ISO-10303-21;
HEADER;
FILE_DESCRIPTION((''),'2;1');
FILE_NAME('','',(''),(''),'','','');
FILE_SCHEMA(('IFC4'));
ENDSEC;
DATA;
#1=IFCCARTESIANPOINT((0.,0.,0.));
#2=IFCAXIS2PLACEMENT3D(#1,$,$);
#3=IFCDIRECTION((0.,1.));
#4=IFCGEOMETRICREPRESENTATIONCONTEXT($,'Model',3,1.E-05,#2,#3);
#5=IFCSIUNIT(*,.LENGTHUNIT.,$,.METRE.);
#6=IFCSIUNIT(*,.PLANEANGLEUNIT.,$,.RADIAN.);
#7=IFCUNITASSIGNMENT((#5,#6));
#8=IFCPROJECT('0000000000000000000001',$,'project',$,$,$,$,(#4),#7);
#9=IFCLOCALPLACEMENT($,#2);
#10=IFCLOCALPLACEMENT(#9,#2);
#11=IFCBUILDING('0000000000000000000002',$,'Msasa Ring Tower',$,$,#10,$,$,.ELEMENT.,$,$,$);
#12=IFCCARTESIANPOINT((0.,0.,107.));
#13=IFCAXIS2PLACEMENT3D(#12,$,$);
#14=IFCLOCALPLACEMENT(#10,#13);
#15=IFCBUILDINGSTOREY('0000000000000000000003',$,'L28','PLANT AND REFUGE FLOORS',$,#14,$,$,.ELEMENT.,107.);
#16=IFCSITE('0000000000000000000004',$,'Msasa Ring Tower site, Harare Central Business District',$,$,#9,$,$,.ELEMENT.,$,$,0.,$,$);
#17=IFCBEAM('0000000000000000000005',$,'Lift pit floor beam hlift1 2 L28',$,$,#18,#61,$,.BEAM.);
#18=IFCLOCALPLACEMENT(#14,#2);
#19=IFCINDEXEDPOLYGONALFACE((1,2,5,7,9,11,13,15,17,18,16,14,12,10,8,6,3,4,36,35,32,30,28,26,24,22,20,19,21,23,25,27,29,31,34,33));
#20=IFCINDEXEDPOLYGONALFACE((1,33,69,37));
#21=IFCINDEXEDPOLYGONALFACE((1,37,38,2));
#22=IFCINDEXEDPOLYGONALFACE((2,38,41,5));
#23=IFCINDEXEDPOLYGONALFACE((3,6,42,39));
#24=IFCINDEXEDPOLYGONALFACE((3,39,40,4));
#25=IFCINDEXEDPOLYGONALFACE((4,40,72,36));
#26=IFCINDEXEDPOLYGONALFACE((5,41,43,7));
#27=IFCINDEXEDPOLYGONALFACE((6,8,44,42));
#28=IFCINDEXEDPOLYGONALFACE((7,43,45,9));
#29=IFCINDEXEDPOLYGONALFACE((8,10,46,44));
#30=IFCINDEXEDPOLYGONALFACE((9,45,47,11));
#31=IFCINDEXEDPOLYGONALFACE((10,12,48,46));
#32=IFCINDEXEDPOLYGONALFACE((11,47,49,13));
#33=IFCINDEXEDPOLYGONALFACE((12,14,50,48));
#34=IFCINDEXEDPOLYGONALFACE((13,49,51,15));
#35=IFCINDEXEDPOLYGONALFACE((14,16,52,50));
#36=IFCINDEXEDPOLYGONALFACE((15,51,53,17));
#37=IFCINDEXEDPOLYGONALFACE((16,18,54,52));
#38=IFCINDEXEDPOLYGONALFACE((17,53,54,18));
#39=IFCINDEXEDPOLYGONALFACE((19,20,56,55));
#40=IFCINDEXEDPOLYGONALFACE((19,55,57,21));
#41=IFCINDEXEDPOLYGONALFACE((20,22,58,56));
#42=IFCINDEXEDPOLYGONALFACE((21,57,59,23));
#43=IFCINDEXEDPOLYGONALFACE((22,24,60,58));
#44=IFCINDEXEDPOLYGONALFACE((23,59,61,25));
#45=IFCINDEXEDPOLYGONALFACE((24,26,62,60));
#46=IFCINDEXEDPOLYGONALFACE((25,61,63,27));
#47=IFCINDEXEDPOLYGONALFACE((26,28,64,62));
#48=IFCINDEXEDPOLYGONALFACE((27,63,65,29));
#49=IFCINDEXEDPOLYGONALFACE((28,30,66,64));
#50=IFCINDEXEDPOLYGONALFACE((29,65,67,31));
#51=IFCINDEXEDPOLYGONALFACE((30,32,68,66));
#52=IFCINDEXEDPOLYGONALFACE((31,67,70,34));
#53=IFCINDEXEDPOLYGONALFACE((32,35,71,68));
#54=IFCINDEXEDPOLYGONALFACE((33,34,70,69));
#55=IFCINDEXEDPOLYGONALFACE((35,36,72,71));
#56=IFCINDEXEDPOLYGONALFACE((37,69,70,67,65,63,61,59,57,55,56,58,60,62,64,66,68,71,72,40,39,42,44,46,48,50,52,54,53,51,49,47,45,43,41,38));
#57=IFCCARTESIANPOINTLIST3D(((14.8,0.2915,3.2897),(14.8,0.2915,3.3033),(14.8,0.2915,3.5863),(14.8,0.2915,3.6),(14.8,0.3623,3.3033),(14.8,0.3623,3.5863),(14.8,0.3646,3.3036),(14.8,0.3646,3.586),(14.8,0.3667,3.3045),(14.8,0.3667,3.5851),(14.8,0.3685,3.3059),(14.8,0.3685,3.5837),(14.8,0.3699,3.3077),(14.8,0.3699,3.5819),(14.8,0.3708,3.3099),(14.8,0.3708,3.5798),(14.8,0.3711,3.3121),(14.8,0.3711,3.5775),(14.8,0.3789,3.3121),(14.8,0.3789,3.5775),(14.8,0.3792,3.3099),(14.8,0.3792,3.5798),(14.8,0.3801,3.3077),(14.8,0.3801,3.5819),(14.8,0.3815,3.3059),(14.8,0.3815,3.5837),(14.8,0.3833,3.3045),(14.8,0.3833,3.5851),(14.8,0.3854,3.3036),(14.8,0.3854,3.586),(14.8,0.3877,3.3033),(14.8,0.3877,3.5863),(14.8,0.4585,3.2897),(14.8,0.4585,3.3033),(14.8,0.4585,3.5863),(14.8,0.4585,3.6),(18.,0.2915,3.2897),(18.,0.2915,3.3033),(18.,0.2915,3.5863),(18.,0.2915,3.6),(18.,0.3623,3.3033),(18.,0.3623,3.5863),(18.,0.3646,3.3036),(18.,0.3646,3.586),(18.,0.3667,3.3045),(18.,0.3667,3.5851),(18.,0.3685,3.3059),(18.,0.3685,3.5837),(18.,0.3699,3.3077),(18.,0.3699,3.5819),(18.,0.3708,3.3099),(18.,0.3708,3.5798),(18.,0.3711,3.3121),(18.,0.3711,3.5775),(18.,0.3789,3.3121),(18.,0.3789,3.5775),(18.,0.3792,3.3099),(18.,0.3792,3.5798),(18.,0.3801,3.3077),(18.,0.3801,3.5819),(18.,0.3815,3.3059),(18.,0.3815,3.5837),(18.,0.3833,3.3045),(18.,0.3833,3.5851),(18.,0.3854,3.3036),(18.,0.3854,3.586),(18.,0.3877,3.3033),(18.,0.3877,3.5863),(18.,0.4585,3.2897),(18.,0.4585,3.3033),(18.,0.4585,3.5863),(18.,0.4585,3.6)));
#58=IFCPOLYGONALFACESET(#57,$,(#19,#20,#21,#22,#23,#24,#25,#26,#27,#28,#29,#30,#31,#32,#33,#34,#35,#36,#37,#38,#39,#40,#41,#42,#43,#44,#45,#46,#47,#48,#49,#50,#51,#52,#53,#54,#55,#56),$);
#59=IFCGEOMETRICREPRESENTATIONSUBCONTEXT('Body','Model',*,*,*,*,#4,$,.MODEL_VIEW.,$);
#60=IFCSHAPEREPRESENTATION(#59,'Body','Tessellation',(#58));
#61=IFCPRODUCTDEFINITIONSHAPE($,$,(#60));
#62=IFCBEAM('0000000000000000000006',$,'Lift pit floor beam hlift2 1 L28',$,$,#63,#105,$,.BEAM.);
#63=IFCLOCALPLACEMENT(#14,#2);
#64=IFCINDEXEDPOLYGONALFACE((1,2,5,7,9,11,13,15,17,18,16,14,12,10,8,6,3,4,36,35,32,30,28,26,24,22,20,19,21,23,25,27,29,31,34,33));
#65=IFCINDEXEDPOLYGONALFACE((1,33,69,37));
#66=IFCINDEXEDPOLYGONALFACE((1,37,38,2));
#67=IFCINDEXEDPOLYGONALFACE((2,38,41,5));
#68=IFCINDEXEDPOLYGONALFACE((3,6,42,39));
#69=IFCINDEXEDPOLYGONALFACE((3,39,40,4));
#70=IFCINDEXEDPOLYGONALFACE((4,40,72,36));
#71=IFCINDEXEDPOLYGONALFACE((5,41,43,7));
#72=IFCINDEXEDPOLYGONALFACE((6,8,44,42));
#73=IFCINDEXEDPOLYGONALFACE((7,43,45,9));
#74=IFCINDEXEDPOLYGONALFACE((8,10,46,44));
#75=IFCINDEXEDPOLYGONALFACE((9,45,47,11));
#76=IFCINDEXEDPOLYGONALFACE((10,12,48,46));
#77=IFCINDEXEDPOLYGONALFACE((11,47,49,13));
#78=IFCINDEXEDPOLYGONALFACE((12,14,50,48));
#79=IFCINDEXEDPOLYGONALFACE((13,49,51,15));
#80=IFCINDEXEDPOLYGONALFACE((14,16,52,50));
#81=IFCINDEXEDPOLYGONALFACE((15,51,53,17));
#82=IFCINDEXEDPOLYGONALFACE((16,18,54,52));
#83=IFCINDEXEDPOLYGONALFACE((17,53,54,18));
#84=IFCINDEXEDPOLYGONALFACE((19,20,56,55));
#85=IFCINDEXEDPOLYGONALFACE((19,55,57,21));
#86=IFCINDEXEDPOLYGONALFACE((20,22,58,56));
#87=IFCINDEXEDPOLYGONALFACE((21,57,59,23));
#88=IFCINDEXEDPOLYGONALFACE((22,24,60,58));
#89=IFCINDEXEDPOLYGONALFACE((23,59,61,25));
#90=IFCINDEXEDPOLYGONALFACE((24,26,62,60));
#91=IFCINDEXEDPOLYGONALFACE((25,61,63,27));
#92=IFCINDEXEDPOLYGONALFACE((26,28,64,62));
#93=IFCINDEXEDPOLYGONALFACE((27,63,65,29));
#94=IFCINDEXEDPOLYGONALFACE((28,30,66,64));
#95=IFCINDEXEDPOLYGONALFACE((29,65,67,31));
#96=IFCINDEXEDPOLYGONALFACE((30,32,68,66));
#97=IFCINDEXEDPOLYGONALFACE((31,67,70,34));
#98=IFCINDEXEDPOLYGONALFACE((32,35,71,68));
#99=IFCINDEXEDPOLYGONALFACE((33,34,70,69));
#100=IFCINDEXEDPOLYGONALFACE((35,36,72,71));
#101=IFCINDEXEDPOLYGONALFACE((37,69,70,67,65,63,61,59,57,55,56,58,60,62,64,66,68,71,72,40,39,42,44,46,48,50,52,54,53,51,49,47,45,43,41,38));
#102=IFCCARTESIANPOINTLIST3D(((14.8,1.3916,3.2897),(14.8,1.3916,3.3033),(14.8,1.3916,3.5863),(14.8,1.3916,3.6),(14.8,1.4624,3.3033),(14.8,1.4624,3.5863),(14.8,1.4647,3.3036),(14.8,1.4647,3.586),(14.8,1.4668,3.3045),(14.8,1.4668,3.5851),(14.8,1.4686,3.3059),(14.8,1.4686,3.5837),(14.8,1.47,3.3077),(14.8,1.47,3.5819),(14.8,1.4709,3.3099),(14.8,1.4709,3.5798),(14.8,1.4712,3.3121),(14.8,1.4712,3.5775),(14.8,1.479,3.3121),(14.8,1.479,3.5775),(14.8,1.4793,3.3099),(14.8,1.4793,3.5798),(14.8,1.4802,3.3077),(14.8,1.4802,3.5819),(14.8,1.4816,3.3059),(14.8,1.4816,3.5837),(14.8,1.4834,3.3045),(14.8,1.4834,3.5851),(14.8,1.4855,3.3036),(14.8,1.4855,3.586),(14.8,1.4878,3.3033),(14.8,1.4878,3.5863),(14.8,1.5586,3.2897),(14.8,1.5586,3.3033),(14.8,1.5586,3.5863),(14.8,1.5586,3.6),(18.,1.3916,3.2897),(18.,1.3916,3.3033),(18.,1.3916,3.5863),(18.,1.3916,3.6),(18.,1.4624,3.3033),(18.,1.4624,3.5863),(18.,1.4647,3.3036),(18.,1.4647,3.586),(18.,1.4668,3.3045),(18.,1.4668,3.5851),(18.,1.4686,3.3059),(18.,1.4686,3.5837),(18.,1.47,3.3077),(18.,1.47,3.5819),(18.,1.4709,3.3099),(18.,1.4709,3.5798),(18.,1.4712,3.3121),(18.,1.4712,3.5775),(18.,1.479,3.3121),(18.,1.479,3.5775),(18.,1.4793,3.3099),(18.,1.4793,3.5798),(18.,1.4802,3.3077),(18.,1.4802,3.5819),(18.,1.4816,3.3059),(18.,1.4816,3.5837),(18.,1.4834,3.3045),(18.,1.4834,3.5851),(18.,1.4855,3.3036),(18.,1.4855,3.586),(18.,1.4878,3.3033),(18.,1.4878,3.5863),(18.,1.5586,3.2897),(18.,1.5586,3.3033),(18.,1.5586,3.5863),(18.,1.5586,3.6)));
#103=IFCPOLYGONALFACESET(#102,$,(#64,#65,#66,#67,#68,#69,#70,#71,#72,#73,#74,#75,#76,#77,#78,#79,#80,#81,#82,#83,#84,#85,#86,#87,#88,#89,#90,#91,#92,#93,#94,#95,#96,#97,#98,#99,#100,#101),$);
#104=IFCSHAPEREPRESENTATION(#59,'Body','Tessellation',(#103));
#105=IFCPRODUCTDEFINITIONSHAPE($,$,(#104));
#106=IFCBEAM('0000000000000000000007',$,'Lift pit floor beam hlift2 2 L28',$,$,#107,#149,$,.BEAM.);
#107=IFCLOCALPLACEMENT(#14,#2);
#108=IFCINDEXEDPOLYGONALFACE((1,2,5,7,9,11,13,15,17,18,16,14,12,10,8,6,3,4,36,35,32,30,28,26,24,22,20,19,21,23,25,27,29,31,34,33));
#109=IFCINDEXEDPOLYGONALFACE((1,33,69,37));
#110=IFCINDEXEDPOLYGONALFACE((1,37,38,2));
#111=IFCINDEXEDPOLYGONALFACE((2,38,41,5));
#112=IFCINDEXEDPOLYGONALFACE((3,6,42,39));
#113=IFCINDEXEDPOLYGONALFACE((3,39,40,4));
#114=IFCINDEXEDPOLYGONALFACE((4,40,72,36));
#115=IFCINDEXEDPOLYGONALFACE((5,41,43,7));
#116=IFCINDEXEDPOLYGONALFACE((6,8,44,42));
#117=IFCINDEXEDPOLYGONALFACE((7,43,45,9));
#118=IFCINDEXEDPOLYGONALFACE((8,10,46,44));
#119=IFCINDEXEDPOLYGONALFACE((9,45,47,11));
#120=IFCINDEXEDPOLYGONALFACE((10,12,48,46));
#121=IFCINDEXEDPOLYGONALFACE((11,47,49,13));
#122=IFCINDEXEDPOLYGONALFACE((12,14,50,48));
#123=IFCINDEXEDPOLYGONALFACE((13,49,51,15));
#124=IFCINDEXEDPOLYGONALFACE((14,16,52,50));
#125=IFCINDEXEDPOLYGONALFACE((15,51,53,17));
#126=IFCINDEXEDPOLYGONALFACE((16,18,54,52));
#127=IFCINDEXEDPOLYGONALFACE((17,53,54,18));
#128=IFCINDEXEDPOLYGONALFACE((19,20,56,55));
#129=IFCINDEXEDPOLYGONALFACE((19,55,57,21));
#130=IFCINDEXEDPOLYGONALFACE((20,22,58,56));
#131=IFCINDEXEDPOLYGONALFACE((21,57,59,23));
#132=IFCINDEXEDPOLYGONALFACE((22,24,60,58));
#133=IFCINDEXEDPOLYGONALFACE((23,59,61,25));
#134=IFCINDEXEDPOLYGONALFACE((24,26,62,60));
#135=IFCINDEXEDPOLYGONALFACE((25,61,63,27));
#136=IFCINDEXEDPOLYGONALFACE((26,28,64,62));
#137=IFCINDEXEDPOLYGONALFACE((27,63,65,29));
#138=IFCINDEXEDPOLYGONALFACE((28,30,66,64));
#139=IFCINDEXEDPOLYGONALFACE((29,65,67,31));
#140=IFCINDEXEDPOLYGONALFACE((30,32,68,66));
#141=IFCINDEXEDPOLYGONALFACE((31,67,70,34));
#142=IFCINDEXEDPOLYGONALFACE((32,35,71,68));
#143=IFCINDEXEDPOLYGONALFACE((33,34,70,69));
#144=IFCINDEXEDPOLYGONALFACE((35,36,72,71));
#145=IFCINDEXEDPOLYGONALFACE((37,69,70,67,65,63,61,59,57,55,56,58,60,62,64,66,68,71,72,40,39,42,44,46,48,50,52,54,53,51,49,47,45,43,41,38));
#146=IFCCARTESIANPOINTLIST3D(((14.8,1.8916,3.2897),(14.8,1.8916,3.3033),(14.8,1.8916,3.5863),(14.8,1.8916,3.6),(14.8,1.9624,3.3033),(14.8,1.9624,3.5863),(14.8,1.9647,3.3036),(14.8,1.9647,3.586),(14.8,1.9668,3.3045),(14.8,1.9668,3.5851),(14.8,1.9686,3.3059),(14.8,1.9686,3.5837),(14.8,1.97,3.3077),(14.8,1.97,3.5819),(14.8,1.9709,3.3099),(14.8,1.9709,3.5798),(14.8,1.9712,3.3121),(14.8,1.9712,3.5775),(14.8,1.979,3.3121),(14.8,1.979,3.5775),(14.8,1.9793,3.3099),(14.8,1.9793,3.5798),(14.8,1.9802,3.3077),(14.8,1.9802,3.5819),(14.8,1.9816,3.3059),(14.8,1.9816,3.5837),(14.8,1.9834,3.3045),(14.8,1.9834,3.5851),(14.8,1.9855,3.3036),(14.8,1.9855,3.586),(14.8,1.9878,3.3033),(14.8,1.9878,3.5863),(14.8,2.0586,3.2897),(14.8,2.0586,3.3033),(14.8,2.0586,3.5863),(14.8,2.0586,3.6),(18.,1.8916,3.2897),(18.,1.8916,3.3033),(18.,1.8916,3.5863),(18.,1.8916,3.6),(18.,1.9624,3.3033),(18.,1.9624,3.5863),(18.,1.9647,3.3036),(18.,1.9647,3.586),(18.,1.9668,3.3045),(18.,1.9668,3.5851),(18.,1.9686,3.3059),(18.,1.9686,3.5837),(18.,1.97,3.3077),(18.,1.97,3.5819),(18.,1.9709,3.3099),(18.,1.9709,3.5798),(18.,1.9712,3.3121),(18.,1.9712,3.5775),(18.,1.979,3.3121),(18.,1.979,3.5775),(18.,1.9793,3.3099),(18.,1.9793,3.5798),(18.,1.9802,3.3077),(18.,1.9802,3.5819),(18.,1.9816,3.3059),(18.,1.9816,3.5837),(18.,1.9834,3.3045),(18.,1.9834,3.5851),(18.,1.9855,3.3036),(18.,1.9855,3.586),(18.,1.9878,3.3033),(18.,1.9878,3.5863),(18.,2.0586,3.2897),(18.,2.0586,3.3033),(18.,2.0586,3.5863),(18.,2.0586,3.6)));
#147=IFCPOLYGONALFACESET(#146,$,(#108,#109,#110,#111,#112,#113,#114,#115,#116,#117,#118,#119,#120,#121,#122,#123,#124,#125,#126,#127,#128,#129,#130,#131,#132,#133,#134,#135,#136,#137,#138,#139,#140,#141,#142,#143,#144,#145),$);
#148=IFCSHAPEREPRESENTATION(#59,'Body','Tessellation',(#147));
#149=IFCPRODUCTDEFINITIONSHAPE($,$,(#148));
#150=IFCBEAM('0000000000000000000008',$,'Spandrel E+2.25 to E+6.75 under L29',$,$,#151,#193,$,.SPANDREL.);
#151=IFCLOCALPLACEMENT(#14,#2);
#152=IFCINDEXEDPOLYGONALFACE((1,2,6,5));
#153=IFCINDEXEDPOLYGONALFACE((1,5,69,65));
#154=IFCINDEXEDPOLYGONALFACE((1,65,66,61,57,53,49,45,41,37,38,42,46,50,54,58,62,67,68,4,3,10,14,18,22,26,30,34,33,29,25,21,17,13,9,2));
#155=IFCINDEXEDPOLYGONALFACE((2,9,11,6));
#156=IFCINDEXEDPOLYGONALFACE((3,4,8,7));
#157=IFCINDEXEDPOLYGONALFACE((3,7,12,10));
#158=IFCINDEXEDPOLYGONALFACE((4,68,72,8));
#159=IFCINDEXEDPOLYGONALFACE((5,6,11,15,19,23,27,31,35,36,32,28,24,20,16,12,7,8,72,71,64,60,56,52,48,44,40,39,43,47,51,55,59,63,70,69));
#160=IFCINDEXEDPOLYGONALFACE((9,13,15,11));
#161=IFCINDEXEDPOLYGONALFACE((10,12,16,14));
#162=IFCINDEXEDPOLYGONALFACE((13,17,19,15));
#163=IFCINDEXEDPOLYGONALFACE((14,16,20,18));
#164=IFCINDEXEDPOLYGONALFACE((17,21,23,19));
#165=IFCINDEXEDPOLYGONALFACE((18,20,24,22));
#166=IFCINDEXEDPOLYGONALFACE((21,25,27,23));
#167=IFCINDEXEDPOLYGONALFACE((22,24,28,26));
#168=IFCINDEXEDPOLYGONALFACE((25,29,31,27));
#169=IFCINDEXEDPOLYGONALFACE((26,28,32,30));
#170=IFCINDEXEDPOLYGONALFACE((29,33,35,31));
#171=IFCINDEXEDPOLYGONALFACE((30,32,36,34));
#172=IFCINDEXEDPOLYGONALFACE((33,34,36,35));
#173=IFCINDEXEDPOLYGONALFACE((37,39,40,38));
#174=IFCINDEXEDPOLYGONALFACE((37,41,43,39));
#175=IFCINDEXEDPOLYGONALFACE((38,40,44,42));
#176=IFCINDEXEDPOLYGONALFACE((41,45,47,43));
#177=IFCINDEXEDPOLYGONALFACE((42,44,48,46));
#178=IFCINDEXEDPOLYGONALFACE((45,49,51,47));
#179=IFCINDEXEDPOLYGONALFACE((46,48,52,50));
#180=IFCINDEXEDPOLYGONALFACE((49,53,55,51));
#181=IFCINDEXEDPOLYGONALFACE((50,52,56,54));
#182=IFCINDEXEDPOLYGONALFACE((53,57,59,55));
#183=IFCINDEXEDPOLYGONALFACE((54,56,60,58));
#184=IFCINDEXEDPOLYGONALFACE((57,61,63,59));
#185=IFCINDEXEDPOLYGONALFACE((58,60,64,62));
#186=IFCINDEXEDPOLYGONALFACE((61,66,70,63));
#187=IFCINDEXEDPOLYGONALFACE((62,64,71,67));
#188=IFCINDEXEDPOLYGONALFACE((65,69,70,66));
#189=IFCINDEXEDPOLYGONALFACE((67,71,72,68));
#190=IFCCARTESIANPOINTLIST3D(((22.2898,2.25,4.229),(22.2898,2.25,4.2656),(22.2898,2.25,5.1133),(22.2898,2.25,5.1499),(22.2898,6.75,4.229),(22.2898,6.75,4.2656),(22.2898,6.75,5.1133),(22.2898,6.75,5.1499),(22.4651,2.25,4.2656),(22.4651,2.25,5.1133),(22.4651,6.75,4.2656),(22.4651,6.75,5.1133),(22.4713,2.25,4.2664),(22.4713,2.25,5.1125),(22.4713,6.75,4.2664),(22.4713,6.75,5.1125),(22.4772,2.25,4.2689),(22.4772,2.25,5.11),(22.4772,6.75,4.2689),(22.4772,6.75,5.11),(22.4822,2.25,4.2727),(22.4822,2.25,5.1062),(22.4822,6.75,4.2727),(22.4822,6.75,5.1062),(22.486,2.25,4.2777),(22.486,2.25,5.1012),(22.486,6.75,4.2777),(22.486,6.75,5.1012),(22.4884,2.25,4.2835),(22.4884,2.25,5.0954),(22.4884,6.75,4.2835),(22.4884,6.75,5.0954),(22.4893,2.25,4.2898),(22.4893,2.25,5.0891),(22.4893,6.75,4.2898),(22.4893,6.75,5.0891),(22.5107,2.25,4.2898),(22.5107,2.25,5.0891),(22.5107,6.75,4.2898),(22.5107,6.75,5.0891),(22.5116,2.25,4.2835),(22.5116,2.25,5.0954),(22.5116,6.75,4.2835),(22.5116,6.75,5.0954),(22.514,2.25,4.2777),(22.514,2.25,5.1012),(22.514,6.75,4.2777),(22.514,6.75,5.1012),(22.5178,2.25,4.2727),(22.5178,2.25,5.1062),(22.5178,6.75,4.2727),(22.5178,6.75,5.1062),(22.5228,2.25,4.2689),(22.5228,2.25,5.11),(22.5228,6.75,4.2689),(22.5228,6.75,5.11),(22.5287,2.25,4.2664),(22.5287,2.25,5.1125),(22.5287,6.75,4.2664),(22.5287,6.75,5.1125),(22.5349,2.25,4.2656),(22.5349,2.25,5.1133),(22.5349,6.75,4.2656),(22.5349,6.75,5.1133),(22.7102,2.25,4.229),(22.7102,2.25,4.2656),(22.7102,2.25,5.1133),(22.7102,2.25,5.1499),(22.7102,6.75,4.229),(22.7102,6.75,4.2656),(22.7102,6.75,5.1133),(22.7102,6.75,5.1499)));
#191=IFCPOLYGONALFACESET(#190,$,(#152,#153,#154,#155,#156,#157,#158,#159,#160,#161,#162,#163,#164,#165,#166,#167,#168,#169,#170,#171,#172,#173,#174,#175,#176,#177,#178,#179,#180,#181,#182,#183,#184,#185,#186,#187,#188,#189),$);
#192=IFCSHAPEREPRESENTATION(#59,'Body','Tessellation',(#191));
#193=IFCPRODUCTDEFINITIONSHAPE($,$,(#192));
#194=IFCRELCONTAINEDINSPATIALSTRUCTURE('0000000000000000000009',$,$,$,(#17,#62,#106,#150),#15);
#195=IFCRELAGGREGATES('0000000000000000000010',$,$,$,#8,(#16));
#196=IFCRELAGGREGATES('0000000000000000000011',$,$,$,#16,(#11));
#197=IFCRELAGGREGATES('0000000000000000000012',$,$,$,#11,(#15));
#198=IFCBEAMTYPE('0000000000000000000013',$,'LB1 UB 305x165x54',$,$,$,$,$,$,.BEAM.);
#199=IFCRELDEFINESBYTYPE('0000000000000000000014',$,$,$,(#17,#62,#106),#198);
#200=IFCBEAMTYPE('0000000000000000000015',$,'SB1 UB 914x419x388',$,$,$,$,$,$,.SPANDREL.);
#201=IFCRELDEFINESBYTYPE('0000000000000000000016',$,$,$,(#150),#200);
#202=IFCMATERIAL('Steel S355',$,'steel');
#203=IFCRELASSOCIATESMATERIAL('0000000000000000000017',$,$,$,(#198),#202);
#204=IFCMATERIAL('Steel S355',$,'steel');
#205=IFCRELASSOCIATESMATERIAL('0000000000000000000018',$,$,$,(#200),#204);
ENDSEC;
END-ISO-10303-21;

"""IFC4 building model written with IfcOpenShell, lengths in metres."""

from ifc_helpers import new_model, si_unit, direction, frame, origin, origin_2d, place, context, subcontext, project, spatial, i_section, extrude, material, material_profile, profile_set, type_object, element, save


model = new_model("IFC4")

# Units and contexts
model_context = context("Model", 3, precision=1e-05, world=origin(), true_north=direction((0.0, 1.0)))
body_context = subcontext(model_context, "Body", "Model", "MODEL_VIEW")
ifc_project = project(units=[si_unit("LENGTHUNIT", "METRE"), si_unit("PLANEANGLEUNIT", "RADIAN")], contexts=[model_context])

# Site, building, storey
site_placement = place(None, origin())
site = spatial("IfcSite", under=ifc_project, at=site_placement, Name="Msasa Ring Tower site, Harare Central Business District", CompositionType="ELEMENT", RefElevation=0.0)
building_placement = place(site_placement, origin())
building = spatial("IfcBuilding", under=site, at=building_placement, Name="Msasa Ring Tower", CompositionType="ELEMENT")
storey_placement = place(building_placement, frame((0.0, 0.0, 107.0)))
storey = spatial("IfcBuildingStorey", under=building, at=storey_placement, Name="L28", Description="PLANT AND REFUGE FLOORS", CompositionType="ELEMENT", Elevation=107.0)

# Beams
ifc_material_1 = material(Name="Steel S355", Category="steel")
ifc_material_profile_1 = material_profile(ifc_material_1, i_section(OverallWidth=0.167, OverallDepth=0.3103, WebThickness=0.0078, FlangeThickness=0.0137, FilletRadius=0.0088, at=origin_2d()), Name="UB 305x165x54")
ifc_profile_set_1 = profile_set([ifc_material_profile_1], Name="Steel S355")
beam_type_1 = type_object("IfcBeamType", Name="LB1 UB 305x165x54", PredefinedType="BEAM", material=ifc_profile_set_1)
for number, where, z_axis, x_axis, name in (
    (1, (14.8, 0.375, 3.4448), (1.0, 0.0, 0.0), (0.0, 1.0, 0.0), "Lift pit floor beam hlift1 2 L28"),
    (2, (14.8, 1.4751, 3.4448), (1.0, 0.0, 0.0), (0.0, 1.0, 0.0), "Lift pit floor beam hlift2 1 L28"),
    (3, (14.8, 1.9751, 3.4448), (1.0, 0.0, 0.0), (0.0, 1.0, 0.0), "Lift pit floor beam hlift2 2 L28"),
):
    element("IfcBeam", number, at=place(storey_placement, frame(where, z_axis=z_axis, x_axis=x_axis)), inside=storey, type_object=beam_type_1, Name=name, PredefinedType="BEAM", context=body_context, shape_type="SweptSolid", body=[
        extrude(i_section(OverallWidth=0.167, OverallDepth=0.3103, WebThickness=0.0078, FlangeThickness=0.0137, FilletRadius=0.0088, at=origin_2d()), origin(), (0.0, 0.0, 1.0), 3.2),
    ])
ifc_material_2 = material(Name="Steel S355", Category="steel")
ifc_material_profile_2 = material_profile(ifc_material_2, i_section(OverallWidth=0.4204, OverallDepth=0.9209, WebThickness=0.0215, FlangeThickness=0.0366, FilletRadius=0.0242, at=origin_2d()), Name="UB 914x419x388")
ifc_profile_set_2 = profile_set([ifc_material_profile_2], Name="Steel S355")
beam_type_2 = type_object("IfcBeamType", Name="SB1 UB 914x419x388", PredefinedType="SPANDREL", material=ifc_profile_set_2)
for number, where, z_axis, x_axis, name in (
    (4, (22.5, 2.25, 4.6895), (0.0, 1.0, 0.0), (-1.0, 0.0, 0.0), "Spandrel E+2.25 to E+6.75 under L29"),
):
    element("IfcBeam", number, at=place(storey_placement, frame(where, z_axis=z_axis, x_axis=x_axis)), inside=storey, type_object=beam_type_2, Name=name, PredefinedType="SPANDREL", context=body_context, shape_type="SweptSolid", body=[
        extrude(i_section(OverallWidth=0.4204, OverallDepth=0.9209, WebThickness=0.0215, FlangeThickness=0.0366, FilletRadius=0.0242, at=origin_2d()), origin(), (0.0, 0.0, 1.0), 4.5),
    ])

save(model, "model.ifc")
